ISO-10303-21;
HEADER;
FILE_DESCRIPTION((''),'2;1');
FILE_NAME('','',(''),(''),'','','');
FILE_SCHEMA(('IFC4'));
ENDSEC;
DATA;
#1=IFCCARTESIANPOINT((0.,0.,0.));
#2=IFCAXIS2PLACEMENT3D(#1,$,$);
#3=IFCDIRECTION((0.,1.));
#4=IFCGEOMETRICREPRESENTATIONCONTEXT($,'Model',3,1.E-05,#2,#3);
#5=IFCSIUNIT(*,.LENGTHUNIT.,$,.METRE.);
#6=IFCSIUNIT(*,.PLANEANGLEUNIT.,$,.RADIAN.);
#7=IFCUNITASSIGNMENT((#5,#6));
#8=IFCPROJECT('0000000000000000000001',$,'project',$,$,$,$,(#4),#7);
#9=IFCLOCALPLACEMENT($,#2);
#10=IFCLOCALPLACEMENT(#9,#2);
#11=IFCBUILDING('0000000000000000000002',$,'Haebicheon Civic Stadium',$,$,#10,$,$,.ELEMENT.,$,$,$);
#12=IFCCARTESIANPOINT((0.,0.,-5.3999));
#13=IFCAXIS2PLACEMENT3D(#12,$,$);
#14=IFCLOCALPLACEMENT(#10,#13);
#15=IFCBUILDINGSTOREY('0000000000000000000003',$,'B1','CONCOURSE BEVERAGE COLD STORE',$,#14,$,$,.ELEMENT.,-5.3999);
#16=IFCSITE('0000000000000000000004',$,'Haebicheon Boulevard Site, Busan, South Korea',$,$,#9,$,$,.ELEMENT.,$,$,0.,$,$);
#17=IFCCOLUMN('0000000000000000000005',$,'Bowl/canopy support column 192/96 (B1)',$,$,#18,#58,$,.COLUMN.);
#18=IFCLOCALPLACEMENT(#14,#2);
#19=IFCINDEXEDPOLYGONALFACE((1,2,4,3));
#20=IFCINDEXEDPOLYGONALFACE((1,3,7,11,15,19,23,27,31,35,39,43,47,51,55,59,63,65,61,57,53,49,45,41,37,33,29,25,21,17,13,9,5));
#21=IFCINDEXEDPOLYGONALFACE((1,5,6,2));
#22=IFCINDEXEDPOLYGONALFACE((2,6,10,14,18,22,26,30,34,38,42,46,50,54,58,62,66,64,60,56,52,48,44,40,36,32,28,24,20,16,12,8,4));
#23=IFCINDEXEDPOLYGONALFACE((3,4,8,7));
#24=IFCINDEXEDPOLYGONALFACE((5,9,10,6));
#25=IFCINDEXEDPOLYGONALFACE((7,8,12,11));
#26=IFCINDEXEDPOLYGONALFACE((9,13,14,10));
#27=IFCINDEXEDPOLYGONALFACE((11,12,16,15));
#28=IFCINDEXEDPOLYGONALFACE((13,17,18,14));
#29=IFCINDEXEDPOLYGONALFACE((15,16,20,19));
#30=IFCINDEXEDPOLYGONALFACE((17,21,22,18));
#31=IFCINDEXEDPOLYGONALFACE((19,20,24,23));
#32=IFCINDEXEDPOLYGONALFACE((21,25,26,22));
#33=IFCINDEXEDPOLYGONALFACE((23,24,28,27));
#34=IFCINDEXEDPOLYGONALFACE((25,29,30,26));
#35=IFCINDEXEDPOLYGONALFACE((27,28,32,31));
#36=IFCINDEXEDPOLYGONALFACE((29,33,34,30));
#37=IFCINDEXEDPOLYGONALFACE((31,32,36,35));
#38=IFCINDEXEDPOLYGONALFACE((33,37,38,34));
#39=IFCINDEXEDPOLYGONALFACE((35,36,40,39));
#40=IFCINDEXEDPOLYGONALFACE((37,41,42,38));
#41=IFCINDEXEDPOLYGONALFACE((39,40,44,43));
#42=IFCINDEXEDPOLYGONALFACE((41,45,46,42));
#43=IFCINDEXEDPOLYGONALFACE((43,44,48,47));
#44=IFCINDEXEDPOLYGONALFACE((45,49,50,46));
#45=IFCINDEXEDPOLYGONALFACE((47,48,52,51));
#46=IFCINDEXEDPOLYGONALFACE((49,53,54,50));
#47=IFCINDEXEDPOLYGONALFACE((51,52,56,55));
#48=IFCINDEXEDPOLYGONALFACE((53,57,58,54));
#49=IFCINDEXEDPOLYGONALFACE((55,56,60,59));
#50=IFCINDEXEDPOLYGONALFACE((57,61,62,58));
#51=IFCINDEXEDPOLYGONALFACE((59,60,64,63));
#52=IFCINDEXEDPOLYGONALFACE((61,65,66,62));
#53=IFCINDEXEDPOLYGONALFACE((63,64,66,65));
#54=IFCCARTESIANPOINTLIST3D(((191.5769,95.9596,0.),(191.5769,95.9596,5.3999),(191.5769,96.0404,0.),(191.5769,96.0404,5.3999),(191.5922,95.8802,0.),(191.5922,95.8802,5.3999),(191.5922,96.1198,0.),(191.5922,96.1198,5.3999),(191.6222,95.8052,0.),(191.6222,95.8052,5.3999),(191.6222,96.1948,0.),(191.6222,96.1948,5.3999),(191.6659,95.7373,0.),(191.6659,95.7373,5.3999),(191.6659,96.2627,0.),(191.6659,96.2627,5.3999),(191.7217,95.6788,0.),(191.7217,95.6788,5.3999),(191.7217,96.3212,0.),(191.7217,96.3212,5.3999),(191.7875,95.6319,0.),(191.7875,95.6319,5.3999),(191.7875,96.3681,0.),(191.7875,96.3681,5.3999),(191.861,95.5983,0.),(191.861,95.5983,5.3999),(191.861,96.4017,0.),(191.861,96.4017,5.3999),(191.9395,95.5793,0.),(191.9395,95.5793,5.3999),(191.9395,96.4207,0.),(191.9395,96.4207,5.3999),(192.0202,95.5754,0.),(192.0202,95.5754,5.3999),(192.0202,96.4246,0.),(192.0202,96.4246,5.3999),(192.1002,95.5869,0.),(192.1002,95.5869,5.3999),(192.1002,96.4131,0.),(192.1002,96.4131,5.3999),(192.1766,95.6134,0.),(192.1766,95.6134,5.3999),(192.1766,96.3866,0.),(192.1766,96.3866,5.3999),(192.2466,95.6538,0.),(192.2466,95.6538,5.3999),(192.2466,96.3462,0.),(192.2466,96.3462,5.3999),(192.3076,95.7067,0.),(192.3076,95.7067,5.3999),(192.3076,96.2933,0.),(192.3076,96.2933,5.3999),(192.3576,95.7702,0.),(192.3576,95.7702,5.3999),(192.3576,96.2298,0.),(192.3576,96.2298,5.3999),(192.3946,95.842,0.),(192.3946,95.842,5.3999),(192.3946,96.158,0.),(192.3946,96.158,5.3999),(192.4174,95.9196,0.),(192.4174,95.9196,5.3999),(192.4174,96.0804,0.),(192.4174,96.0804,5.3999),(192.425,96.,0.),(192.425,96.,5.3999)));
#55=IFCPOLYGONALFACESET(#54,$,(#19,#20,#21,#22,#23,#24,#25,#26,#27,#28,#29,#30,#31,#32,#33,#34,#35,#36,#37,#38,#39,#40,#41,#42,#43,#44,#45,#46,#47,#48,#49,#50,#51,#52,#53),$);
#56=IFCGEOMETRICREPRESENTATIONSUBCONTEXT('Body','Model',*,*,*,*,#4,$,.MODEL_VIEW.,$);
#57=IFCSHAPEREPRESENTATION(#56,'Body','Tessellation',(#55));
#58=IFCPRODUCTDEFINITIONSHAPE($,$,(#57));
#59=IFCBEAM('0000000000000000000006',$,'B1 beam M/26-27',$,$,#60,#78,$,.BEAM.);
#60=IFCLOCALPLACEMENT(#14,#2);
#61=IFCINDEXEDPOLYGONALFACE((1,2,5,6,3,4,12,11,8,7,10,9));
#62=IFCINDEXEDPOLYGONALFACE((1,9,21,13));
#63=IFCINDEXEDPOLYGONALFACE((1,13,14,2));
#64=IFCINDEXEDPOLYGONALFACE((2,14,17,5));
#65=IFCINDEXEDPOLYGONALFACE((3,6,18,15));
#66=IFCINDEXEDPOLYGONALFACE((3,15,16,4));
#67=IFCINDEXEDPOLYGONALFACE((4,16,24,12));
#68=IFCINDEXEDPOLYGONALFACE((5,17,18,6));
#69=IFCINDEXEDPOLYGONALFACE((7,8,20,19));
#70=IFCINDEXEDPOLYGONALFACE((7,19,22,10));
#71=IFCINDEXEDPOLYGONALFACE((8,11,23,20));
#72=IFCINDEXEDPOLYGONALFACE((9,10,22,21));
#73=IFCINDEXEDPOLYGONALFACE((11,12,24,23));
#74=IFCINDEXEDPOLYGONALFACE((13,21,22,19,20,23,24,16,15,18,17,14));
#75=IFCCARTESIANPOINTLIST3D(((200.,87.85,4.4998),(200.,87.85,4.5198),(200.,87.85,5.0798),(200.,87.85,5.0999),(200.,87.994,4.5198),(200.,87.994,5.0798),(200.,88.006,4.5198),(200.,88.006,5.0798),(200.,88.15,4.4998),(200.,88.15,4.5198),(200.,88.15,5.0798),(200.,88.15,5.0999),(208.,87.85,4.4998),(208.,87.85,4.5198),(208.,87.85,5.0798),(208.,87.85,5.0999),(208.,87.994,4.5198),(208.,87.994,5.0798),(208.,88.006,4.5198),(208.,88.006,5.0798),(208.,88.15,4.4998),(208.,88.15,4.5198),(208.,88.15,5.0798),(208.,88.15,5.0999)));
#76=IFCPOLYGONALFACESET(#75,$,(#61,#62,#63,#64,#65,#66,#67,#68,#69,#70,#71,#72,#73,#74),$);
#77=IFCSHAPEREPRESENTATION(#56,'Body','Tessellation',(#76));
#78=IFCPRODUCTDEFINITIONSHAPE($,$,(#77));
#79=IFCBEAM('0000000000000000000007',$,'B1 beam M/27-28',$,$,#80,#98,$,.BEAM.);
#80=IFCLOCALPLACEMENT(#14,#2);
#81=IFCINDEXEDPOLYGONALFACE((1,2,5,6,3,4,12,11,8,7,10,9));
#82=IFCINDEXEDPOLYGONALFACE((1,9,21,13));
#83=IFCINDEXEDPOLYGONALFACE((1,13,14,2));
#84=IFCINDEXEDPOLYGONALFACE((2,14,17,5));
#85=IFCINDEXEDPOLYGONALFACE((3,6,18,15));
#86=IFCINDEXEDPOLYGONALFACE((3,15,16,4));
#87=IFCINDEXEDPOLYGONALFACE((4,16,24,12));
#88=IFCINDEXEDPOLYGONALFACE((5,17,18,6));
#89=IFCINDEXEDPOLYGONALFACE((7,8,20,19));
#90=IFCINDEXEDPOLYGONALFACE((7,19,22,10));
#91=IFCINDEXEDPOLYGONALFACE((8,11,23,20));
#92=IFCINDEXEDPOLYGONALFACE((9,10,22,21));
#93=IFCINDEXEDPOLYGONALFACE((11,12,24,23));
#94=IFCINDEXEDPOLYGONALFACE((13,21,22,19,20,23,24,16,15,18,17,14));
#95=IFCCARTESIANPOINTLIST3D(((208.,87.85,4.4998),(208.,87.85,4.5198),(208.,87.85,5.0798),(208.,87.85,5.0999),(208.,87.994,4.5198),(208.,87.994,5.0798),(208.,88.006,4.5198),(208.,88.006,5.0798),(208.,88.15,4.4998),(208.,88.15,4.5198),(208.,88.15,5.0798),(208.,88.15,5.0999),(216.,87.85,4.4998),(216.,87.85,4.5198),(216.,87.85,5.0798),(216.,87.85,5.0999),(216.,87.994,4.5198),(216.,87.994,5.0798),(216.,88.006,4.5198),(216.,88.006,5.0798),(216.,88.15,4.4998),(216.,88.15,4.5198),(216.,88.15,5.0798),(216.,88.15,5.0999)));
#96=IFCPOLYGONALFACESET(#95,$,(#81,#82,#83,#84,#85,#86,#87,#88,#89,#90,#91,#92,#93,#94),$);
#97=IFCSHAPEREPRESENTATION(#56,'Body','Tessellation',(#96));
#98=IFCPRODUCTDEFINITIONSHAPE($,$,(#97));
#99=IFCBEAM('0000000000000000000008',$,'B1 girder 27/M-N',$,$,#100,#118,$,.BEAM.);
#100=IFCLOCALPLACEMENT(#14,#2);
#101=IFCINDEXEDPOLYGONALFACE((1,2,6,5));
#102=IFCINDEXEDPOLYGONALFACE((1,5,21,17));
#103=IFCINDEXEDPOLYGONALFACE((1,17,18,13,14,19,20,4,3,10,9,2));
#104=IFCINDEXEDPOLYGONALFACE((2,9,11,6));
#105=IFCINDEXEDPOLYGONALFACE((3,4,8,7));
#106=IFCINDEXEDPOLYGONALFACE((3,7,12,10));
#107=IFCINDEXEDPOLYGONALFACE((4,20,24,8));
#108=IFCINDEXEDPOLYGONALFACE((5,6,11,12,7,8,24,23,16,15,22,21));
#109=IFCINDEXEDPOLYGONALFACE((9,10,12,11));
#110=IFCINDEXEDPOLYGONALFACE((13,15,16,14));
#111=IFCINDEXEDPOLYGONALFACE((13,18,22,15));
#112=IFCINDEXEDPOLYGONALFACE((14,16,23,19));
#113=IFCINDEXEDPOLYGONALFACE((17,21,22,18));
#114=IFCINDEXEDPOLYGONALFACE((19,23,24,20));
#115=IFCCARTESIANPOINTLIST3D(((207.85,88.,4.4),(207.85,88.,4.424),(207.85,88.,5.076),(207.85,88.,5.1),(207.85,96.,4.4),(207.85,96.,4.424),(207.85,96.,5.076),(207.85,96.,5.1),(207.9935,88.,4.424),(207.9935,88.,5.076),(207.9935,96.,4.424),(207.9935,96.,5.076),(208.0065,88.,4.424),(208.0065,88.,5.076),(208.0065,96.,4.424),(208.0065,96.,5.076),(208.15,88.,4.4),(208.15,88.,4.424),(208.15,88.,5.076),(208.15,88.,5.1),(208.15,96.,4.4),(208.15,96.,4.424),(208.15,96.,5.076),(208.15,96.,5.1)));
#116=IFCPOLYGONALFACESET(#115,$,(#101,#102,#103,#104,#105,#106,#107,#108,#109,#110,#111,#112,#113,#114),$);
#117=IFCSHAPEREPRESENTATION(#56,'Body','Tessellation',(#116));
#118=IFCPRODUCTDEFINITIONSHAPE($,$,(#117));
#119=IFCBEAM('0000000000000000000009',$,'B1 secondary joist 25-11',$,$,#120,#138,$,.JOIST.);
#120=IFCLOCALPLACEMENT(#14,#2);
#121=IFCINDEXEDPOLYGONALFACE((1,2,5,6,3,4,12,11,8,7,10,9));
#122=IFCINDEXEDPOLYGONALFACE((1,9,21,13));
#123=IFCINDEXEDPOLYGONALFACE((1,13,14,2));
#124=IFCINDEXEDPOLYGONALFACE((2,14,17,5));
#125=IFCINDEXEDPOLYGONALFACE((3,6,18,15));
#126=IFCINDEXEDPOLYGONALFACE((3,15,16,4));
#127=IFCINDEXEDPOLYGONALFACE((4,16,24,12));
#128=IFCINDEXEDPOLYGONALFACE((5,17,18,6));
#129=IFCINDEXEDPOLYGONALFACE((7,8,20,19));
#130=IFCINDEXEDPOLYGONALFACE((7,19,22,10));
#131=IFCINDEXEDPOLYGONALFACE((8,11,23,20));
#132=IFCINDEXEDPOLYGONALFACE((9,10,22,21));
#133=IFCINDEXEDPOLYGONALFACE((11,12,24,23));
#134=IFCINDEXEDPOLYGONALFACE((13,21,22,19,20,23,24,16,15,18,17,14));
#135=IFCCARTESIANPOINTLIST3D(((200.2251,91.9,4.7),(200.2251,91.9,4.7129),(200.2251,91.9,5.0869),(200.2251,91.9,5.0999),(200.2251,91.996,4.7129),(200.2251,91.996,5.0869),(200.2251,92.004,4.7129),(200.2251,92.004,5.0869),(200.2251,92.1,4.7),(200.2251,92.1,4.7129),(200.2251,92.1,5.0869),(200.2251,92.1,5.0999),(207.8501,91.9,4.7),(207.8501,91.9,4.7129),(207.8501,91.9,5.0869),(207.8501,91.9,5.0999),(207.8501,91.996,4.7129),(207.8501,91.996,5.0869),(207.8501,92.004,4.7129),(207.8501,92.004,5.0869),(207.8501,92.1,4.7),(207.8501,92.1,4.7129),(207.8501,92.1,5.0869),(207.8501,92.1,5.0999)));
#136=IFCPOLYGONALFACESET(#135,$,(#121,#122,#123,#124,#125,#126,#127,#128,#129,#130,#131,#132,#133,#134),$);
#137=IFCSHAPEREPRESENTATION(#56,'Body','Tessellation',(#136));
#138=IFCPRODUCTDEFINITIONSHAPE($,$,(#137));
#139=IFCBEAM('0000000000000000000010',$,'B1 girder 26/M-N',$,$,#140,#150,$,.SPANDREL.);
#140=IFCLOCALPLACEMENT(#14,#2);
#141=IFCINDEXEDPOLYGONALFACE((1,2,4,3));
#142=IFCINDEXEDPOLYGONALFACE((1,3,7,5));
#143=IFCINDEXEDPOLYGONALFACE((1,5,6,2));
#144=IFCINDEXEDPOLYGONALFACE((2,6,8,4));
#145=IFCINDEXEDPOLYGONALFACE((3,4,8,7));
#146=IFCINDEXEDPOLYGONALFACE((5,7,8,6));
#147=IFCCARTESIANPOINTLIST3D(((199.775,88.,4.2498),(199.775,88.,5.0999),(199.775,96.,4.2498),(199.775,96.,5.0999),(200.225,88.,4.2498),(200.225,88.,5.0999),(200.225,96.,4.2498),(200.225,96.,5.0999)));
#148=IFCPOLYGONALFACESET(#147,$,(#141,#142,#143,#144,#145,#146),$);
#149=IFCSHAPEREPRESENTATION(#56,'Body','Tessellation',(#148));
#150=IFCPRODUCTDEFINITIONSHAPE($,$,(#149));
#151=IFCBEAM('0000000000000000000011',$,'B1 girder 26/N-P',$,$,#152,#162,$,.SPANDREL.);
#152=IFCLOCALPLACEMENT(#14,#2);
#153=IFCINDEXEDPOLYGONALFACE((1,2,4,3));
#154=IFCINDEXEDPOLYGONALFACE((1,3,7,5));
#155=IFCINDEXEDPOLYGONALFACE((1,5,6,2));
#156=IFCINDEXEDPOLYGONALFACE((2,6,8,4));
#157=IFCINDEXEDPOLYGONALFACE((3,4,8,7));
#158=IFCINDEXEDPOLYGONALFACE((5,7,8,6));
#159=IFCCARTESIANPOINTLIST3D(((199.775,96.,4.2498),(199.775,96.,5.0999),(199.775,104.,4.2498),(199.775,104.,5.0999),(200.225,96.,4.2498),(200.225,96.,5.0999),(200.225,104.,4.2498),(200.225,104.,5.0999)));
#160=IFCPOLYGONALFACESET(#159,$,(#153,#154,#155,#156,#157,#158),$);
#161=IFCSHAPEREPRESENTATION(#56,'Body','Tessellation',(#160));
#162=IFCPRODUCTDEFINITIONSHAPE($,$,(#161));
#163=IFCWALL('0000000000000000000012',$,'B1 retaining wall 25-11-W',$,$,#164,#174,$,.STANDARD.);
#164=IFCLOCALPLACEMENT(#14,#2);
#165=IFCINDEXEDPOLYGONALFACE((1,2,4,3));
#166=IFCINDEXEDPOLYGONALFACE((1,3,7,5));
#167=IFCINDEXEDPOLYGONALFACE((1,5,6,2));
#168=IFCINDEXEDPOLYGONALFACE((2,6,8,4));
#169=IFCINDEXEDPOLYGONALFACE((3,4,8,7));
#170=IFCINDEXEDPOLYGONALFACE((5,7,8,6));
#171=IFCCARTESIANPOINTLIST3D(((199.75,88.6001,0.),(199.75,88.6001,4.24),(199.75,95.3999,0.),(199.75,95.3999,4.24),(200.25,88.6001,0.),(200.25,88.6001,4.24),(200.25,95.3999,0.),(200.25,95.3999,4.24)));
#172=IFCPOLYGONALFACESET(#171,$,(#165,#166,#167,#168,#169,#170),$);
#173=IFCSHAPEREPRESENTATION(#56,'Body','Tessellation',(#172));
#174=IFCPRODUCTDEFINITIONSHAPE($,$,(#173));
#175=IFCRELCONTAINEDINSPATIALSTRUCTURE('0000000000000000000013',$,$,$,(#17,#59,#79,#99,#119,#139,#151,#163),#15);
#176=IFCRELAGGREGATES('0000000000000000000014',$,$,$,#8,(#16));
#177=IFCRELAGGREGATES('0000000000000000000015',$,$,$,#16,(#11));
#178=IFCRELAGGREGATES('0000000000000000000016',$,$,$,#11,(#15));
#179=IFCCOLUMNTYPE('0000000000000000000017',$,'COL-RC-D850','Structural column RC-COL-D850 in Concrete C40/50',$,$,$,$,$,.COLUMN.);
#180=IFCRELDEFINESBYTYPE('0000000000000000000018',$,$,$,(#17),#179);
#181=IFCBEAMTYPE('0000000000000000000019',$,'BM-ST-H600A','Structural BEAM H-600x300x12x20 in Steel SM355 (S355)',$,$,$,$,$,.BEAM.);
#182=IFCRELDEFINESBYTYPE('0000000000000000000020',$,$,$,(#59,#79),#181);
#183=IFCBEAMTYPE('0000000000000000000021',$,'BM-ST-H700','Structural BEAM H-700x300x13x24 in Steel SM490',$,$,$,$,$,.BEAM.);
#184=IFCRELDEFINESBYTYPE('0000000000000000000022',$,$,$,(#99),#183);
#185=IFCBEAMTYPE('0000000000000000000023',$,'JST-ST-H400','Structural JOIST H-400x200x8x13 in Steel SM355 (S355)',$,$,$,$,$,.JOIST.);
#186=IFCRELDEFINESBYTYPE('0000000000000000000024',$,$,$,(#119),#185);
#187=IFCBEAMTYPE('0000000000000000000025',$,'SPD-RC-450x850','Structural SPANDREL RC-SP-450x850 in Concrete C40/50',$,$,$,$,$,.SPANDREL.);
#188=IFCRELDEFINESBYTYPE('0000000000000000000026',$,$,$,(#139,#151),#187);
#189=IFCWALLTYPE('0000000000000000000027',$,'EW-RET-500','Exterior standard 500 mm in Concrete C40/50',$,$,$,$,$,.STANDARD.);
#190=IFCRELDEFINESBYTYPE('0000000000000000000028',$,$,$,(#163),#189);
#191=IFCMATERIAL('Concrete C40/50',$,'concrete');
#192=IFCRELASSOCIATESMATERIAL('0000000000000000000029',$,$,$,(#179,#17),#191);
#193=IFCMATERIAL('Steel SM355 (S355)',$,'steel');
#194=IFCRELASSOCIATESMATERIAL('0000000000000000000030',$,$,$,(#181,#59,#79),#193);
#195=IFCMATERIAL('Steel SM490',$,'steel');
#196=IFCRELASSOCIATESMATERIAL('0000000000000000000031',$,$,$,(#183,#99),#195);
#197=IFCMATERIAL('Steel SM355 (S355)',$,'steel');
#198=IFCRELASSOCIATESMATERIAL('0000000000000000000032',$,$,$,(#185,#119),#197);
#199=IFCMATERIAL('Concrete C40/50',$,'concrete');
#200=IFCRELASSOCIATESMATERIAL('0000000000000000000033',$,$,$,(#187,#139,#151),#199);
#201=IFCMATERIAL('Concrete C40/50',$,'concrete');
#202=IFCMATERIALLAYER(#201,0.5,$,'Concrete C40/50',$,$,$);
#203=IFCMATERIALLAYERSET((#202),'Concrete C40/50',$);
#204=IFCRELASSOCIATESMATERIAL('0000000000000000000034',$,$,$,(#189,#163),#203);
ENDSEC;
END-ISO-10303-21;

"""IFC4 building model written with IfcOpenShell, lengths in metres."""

from ifc_helpers import new_model, si_unit, direction, frame, frame_2d, origin, origin_2d, place, context, subcontext, project, spatial, rectangle, circle, i_section, extrude, material, layer, layer_set, material_profile, profile_set, type_object, element, save


model = new_model("IFC4")

# Units and contexts
model_context = context("Model", 3, precision=1e-05, world=origin(), true_north=direction((0.0, 1.0)))
body_context = subcontext(model_context, "Body", "Model", "MODEL_VIEW")
ifc_project = project(units=[si_unit("LENGTHUNIT", "METRE"), si_unit("PLANEANGLEUNIT", "RADIAN")], contexts=[model_context])

# Site, building, storey
site_placement = place(None, origin())
site = spatial("IfcSite", under=ifc_project, at=site_placement, Name="Haebicheon Boulevard Site, Busan, South Korea", CompositionType="ELEMENT", RefElevation=0.0)
building_placement = place(site_placement, origin())
building = spatial("IfcBuilding", under=site, at=building_placement, Name="Haebicheon Civic Stadium", CompositionType="ELEMENT")
storey_placement = place(building_placement, frame((0.0, 0.0, -5.3999)))
storey = spatial("IfcBuildingStorey", under=building, at=storey_placement, Name="B1", Description="CONCOURSE BEVERAGE COLD STORE", CompositionType="ELEMENT", Elevation=-5.3999)

# Column
ifc_material_1 = material(Name="Concrete C40/50", Category="concrete")
ifc_material_profile_1 = material_profile(ifc_material_1, circle(Radius=0.425, at=origin_2d()), Name="RC-COL-D850")
ifc_profile_set_1 = profile_set([ifc_material_profile_1], Name="Concrete C40/50")
column_type_1 = type_object("IfcColumnType", Name="COL-RC-D850", Description="Structural column RC-COL-D850 in Concrete C40/50", PredefinedType="COLUMN", material=ifc_profile_set_1)
column_placement = place(storey_placement, frame((192.0, 96.0, 0.0), z_axis=(0.0, 0.0, 1.0), x_axis=(1.0, 0.0, 0.0)))
element("IfcColumn", 1, at=column_placement, inside=storey, type_object=column_type_1, material=ifc_profile_set_1, Name="Bowl/canopy support column 192/96 (B1)", PredefinedType="COLUMN", context=body_context, shape_type="SweptSolid", body=[
    extrude(circle(Radius=0.425, at=origin_2d()), origin(), (0.0, 0.0, 1.0), 5.3999),
])

# Beams
ifc_material_2 = material(Name="Steel SM355 (S355)", Category="steel")
ifc_material_profile_2 = material_profile(ifc_material_2, i_section(OverallWidth=0.3, OverallDepth=0.6001, WebThickness=0.012, FlangeThickness=0.02, at=origin_2d()), Name="H-600x300x12x20")
ifc_profile_set_2 = profile_set([ifc_material_profile_2], Name="Steel SM355 (S355)")
beam_type_1 = type_object("IfcBeamType", Name="BM-ST-H600A", Description="Structural BEAM H-600x300x12x20 in Steel SM355 (S355)", PredefinedType="BEAM", material=ifc_profile_set_2)
for number, where, z_axis, x_axis, name in (
    (2, (200.0, 88.0, 4.7998), (1.0, 0.0, 0.0), (0.0, 1.0, 0.0), "B1 beam M/26-27"),
    (3, (208.0, 88.0, 4.7998), (1.0, 0.0, 0.0), (0.0, 1.0, 0.0), "B1 beam M/27-28"),
):
    element("IfcBeam", number, at=place(storey_placement, frame(where, z_axis=z_axis, x_axis=x_axis)), inside=storey, type_object=beam_type_1, material=ifc_profile_set_2, Name=name, PredefinedType="BEAM", context=body_context, shape_type="SweptSolid", body=[
        extrude(i_section(OverallWidth=0.3, OverallDepth=0.6001, WebThickness=0.012, FlangeThickness=0.02, at=origin_2d()), origin(), (0.0, 0.0, 1.0), 8.0),
    ])
ifc_material_3 = material(Name="Steel SM490", Category="steel")
ifc_material_profile_3 = material_profile(ifc_material_3, i_section(OverallWidth=0.3, OverallDepth=0.7, WebThickness=0.0129, FlangeThickness=0.0239, at=origin_2d()), Name="H-700x300x13x24")
ifc_profile_set_3 = profile_set([ifc_material_profile_3], Name="Steel SM490")
beam_type_2 = type_object("IfcBeamType", Name="BM-ST-H700", Description="Structural BEAM H-700x300x13x24 in Steel SM490", PredefinedType="BEAM", material=ifc_profile_set_3)
beam_1_placement = place(storey_placement, frame((208.0, 88.0, 4.75), z_axis=(0.0, 1.0, 0.0), x_axis=(-1.0, 0.0, 0.0)))
element("IfcBeam", 4, at=beam_1_placement, inside=storey, type_object=beam_type_2, material=ifc_profile_set_3, Name="B1 girder 27/M-N", PredefinedType="BEAM", context=body_context, shape_type="SweptSolid", body=[
    extrude(i_section(OverallWidth=0.3, OverallDepth=0.7, WebThickness=0.0129, FlangeThickness=0.0239, at=origin_2d()), origin(), (0.0, 0.0, 1.0), 8.0),
])
ifc_material_4 = material(Name="Steel SM355 (S355)", Category="steel")
ifc_material_profile_4 = material_profile(ifc_material_4, i_section(OverallWidth=0.2, OverallDepth=0.3999, WebThickness=0.0081, FlangeThickness=0.0129, at=origin_2d()), Name="H-400x200x8x13")
ifc_profile_set_4 = profile_set([ifc_material_profile_4], Name="Steel SM355 (S355)")
beam_type_3 = type_object("IfcBeamType", Name="JST-ST-H400", Description="Structural JOIST H-400x200x8x13 in Steel SM355 (S355)", PredefinedType="JOIST", material=ifc_profile_set_4)
beam_2_placement = place(storey_placement, frame((200.2251, 92.0, 4.8999), z_axis=(1.0, 0.0, 0.0), x_axis=(0.0, 1.0, 0.0)))
element("IfcBeam", 5, at=beam_2_placement, inside=storey, type_object=beam_type_3, material=ifc_profile_set_4, Name="B1 secondary joist 25-11", PredefinedType="JOIST", context=body_context, shape_type="SweptSolid", body=[
    extrude(i_section(OverallWidth=0.2, OverallDepth=0.3999, WebThickness=0.0081, FlangeThickness=0.0129, at=origin_2d()), origin(), (0.0, 0.0, 1.0), 7.625),
])
ifc_material_5 = material(Name="Concrete C40/50", Category="concrete")
ifc_material_profile_5 = material_profile(ifc_material_5, rectangle(XDim=0.45, YDim=0.8501, at=origin_2d()), Name="RC-SP-450x850")
ifc_profile_set_5 = profile_set([ifc_material_profile_5], Name="Concrete C40/50")
beam_type_4 = type_object("IfcBeamType", Name="SPD-RC-450x850", Description="Structural SPANDREL RC-SP-450x850 in Concrete C40/50", PredefinedType="SPANDREL", material=ifc_profile_set_5)
for number, where, z_axis, x_axis, name in (
    (6, (200.0, 88.0, 4.6748), (0.0, 1.0, 0.0), (-1.0, 0.0, 0.0), "B1 girder 26/M-N"),
    (7, (200.0, 96.0, 4.6748), (0.0, 1.0, 0.0), (-1.0, 0.0, 0.0), "B1 girder 26/N-P"),
):
    element("IfcBeam", number, at=place(storey_placement, frame(where, z_axis=z_axis, x_axis=x_axis)), inside=storey, type_object=beam_type_4, material=ifc_profile_set_5, Name=name, PredefinedType="SPANDREL", context=body_context, shape_type="SweptSolid", body=[
        extrude(rectangle(XDim=0.45, YDim=0.8501, at=origin_2d()), origin(), (0.0, 0.0, 1.0), 8.0),
    ])

# Wall
ifc_material_6 = material(Name="Concrete C40/50", Category="concrete")
ifc_layer_1 = layer(ifc_material_6, 0.5, Name="Concrete C40/50")
ifc_layer_set_1 = layer_set([ifc_layer_1], Name="Concrete C40/50")
wall_type = type_object("IfcWallType", Name="EW-RET-500", Description="Exterior standard 500 mm in Concrete C40/50", PredefinedType="STANDARD", material=ifc_layer_set_1)
wall_placement = place(storey_placement, frame((200.0, 88.6001, 0.0), z_axis=(0.0, 0.0, 1.0), x_axis=(0.0, 1.0, 0.0)))
element("IfcWall", 8, at=wall_placement, inside=storey, type_object=wall_type, material=ifc_layer_set_1, Name="B1 retaining wall 25-11-W", PredefinedType="STANDARD", context=body_context, shape_type="SweptSolid", body=[
    extrude(rectangle(XDim=6.7998, YDim=0.5, at=frame_2d((3.3999, 0.0))), origin(), (0.0, 0.0, 1.0), 4.24),
])

save(model, "model.ifc")
